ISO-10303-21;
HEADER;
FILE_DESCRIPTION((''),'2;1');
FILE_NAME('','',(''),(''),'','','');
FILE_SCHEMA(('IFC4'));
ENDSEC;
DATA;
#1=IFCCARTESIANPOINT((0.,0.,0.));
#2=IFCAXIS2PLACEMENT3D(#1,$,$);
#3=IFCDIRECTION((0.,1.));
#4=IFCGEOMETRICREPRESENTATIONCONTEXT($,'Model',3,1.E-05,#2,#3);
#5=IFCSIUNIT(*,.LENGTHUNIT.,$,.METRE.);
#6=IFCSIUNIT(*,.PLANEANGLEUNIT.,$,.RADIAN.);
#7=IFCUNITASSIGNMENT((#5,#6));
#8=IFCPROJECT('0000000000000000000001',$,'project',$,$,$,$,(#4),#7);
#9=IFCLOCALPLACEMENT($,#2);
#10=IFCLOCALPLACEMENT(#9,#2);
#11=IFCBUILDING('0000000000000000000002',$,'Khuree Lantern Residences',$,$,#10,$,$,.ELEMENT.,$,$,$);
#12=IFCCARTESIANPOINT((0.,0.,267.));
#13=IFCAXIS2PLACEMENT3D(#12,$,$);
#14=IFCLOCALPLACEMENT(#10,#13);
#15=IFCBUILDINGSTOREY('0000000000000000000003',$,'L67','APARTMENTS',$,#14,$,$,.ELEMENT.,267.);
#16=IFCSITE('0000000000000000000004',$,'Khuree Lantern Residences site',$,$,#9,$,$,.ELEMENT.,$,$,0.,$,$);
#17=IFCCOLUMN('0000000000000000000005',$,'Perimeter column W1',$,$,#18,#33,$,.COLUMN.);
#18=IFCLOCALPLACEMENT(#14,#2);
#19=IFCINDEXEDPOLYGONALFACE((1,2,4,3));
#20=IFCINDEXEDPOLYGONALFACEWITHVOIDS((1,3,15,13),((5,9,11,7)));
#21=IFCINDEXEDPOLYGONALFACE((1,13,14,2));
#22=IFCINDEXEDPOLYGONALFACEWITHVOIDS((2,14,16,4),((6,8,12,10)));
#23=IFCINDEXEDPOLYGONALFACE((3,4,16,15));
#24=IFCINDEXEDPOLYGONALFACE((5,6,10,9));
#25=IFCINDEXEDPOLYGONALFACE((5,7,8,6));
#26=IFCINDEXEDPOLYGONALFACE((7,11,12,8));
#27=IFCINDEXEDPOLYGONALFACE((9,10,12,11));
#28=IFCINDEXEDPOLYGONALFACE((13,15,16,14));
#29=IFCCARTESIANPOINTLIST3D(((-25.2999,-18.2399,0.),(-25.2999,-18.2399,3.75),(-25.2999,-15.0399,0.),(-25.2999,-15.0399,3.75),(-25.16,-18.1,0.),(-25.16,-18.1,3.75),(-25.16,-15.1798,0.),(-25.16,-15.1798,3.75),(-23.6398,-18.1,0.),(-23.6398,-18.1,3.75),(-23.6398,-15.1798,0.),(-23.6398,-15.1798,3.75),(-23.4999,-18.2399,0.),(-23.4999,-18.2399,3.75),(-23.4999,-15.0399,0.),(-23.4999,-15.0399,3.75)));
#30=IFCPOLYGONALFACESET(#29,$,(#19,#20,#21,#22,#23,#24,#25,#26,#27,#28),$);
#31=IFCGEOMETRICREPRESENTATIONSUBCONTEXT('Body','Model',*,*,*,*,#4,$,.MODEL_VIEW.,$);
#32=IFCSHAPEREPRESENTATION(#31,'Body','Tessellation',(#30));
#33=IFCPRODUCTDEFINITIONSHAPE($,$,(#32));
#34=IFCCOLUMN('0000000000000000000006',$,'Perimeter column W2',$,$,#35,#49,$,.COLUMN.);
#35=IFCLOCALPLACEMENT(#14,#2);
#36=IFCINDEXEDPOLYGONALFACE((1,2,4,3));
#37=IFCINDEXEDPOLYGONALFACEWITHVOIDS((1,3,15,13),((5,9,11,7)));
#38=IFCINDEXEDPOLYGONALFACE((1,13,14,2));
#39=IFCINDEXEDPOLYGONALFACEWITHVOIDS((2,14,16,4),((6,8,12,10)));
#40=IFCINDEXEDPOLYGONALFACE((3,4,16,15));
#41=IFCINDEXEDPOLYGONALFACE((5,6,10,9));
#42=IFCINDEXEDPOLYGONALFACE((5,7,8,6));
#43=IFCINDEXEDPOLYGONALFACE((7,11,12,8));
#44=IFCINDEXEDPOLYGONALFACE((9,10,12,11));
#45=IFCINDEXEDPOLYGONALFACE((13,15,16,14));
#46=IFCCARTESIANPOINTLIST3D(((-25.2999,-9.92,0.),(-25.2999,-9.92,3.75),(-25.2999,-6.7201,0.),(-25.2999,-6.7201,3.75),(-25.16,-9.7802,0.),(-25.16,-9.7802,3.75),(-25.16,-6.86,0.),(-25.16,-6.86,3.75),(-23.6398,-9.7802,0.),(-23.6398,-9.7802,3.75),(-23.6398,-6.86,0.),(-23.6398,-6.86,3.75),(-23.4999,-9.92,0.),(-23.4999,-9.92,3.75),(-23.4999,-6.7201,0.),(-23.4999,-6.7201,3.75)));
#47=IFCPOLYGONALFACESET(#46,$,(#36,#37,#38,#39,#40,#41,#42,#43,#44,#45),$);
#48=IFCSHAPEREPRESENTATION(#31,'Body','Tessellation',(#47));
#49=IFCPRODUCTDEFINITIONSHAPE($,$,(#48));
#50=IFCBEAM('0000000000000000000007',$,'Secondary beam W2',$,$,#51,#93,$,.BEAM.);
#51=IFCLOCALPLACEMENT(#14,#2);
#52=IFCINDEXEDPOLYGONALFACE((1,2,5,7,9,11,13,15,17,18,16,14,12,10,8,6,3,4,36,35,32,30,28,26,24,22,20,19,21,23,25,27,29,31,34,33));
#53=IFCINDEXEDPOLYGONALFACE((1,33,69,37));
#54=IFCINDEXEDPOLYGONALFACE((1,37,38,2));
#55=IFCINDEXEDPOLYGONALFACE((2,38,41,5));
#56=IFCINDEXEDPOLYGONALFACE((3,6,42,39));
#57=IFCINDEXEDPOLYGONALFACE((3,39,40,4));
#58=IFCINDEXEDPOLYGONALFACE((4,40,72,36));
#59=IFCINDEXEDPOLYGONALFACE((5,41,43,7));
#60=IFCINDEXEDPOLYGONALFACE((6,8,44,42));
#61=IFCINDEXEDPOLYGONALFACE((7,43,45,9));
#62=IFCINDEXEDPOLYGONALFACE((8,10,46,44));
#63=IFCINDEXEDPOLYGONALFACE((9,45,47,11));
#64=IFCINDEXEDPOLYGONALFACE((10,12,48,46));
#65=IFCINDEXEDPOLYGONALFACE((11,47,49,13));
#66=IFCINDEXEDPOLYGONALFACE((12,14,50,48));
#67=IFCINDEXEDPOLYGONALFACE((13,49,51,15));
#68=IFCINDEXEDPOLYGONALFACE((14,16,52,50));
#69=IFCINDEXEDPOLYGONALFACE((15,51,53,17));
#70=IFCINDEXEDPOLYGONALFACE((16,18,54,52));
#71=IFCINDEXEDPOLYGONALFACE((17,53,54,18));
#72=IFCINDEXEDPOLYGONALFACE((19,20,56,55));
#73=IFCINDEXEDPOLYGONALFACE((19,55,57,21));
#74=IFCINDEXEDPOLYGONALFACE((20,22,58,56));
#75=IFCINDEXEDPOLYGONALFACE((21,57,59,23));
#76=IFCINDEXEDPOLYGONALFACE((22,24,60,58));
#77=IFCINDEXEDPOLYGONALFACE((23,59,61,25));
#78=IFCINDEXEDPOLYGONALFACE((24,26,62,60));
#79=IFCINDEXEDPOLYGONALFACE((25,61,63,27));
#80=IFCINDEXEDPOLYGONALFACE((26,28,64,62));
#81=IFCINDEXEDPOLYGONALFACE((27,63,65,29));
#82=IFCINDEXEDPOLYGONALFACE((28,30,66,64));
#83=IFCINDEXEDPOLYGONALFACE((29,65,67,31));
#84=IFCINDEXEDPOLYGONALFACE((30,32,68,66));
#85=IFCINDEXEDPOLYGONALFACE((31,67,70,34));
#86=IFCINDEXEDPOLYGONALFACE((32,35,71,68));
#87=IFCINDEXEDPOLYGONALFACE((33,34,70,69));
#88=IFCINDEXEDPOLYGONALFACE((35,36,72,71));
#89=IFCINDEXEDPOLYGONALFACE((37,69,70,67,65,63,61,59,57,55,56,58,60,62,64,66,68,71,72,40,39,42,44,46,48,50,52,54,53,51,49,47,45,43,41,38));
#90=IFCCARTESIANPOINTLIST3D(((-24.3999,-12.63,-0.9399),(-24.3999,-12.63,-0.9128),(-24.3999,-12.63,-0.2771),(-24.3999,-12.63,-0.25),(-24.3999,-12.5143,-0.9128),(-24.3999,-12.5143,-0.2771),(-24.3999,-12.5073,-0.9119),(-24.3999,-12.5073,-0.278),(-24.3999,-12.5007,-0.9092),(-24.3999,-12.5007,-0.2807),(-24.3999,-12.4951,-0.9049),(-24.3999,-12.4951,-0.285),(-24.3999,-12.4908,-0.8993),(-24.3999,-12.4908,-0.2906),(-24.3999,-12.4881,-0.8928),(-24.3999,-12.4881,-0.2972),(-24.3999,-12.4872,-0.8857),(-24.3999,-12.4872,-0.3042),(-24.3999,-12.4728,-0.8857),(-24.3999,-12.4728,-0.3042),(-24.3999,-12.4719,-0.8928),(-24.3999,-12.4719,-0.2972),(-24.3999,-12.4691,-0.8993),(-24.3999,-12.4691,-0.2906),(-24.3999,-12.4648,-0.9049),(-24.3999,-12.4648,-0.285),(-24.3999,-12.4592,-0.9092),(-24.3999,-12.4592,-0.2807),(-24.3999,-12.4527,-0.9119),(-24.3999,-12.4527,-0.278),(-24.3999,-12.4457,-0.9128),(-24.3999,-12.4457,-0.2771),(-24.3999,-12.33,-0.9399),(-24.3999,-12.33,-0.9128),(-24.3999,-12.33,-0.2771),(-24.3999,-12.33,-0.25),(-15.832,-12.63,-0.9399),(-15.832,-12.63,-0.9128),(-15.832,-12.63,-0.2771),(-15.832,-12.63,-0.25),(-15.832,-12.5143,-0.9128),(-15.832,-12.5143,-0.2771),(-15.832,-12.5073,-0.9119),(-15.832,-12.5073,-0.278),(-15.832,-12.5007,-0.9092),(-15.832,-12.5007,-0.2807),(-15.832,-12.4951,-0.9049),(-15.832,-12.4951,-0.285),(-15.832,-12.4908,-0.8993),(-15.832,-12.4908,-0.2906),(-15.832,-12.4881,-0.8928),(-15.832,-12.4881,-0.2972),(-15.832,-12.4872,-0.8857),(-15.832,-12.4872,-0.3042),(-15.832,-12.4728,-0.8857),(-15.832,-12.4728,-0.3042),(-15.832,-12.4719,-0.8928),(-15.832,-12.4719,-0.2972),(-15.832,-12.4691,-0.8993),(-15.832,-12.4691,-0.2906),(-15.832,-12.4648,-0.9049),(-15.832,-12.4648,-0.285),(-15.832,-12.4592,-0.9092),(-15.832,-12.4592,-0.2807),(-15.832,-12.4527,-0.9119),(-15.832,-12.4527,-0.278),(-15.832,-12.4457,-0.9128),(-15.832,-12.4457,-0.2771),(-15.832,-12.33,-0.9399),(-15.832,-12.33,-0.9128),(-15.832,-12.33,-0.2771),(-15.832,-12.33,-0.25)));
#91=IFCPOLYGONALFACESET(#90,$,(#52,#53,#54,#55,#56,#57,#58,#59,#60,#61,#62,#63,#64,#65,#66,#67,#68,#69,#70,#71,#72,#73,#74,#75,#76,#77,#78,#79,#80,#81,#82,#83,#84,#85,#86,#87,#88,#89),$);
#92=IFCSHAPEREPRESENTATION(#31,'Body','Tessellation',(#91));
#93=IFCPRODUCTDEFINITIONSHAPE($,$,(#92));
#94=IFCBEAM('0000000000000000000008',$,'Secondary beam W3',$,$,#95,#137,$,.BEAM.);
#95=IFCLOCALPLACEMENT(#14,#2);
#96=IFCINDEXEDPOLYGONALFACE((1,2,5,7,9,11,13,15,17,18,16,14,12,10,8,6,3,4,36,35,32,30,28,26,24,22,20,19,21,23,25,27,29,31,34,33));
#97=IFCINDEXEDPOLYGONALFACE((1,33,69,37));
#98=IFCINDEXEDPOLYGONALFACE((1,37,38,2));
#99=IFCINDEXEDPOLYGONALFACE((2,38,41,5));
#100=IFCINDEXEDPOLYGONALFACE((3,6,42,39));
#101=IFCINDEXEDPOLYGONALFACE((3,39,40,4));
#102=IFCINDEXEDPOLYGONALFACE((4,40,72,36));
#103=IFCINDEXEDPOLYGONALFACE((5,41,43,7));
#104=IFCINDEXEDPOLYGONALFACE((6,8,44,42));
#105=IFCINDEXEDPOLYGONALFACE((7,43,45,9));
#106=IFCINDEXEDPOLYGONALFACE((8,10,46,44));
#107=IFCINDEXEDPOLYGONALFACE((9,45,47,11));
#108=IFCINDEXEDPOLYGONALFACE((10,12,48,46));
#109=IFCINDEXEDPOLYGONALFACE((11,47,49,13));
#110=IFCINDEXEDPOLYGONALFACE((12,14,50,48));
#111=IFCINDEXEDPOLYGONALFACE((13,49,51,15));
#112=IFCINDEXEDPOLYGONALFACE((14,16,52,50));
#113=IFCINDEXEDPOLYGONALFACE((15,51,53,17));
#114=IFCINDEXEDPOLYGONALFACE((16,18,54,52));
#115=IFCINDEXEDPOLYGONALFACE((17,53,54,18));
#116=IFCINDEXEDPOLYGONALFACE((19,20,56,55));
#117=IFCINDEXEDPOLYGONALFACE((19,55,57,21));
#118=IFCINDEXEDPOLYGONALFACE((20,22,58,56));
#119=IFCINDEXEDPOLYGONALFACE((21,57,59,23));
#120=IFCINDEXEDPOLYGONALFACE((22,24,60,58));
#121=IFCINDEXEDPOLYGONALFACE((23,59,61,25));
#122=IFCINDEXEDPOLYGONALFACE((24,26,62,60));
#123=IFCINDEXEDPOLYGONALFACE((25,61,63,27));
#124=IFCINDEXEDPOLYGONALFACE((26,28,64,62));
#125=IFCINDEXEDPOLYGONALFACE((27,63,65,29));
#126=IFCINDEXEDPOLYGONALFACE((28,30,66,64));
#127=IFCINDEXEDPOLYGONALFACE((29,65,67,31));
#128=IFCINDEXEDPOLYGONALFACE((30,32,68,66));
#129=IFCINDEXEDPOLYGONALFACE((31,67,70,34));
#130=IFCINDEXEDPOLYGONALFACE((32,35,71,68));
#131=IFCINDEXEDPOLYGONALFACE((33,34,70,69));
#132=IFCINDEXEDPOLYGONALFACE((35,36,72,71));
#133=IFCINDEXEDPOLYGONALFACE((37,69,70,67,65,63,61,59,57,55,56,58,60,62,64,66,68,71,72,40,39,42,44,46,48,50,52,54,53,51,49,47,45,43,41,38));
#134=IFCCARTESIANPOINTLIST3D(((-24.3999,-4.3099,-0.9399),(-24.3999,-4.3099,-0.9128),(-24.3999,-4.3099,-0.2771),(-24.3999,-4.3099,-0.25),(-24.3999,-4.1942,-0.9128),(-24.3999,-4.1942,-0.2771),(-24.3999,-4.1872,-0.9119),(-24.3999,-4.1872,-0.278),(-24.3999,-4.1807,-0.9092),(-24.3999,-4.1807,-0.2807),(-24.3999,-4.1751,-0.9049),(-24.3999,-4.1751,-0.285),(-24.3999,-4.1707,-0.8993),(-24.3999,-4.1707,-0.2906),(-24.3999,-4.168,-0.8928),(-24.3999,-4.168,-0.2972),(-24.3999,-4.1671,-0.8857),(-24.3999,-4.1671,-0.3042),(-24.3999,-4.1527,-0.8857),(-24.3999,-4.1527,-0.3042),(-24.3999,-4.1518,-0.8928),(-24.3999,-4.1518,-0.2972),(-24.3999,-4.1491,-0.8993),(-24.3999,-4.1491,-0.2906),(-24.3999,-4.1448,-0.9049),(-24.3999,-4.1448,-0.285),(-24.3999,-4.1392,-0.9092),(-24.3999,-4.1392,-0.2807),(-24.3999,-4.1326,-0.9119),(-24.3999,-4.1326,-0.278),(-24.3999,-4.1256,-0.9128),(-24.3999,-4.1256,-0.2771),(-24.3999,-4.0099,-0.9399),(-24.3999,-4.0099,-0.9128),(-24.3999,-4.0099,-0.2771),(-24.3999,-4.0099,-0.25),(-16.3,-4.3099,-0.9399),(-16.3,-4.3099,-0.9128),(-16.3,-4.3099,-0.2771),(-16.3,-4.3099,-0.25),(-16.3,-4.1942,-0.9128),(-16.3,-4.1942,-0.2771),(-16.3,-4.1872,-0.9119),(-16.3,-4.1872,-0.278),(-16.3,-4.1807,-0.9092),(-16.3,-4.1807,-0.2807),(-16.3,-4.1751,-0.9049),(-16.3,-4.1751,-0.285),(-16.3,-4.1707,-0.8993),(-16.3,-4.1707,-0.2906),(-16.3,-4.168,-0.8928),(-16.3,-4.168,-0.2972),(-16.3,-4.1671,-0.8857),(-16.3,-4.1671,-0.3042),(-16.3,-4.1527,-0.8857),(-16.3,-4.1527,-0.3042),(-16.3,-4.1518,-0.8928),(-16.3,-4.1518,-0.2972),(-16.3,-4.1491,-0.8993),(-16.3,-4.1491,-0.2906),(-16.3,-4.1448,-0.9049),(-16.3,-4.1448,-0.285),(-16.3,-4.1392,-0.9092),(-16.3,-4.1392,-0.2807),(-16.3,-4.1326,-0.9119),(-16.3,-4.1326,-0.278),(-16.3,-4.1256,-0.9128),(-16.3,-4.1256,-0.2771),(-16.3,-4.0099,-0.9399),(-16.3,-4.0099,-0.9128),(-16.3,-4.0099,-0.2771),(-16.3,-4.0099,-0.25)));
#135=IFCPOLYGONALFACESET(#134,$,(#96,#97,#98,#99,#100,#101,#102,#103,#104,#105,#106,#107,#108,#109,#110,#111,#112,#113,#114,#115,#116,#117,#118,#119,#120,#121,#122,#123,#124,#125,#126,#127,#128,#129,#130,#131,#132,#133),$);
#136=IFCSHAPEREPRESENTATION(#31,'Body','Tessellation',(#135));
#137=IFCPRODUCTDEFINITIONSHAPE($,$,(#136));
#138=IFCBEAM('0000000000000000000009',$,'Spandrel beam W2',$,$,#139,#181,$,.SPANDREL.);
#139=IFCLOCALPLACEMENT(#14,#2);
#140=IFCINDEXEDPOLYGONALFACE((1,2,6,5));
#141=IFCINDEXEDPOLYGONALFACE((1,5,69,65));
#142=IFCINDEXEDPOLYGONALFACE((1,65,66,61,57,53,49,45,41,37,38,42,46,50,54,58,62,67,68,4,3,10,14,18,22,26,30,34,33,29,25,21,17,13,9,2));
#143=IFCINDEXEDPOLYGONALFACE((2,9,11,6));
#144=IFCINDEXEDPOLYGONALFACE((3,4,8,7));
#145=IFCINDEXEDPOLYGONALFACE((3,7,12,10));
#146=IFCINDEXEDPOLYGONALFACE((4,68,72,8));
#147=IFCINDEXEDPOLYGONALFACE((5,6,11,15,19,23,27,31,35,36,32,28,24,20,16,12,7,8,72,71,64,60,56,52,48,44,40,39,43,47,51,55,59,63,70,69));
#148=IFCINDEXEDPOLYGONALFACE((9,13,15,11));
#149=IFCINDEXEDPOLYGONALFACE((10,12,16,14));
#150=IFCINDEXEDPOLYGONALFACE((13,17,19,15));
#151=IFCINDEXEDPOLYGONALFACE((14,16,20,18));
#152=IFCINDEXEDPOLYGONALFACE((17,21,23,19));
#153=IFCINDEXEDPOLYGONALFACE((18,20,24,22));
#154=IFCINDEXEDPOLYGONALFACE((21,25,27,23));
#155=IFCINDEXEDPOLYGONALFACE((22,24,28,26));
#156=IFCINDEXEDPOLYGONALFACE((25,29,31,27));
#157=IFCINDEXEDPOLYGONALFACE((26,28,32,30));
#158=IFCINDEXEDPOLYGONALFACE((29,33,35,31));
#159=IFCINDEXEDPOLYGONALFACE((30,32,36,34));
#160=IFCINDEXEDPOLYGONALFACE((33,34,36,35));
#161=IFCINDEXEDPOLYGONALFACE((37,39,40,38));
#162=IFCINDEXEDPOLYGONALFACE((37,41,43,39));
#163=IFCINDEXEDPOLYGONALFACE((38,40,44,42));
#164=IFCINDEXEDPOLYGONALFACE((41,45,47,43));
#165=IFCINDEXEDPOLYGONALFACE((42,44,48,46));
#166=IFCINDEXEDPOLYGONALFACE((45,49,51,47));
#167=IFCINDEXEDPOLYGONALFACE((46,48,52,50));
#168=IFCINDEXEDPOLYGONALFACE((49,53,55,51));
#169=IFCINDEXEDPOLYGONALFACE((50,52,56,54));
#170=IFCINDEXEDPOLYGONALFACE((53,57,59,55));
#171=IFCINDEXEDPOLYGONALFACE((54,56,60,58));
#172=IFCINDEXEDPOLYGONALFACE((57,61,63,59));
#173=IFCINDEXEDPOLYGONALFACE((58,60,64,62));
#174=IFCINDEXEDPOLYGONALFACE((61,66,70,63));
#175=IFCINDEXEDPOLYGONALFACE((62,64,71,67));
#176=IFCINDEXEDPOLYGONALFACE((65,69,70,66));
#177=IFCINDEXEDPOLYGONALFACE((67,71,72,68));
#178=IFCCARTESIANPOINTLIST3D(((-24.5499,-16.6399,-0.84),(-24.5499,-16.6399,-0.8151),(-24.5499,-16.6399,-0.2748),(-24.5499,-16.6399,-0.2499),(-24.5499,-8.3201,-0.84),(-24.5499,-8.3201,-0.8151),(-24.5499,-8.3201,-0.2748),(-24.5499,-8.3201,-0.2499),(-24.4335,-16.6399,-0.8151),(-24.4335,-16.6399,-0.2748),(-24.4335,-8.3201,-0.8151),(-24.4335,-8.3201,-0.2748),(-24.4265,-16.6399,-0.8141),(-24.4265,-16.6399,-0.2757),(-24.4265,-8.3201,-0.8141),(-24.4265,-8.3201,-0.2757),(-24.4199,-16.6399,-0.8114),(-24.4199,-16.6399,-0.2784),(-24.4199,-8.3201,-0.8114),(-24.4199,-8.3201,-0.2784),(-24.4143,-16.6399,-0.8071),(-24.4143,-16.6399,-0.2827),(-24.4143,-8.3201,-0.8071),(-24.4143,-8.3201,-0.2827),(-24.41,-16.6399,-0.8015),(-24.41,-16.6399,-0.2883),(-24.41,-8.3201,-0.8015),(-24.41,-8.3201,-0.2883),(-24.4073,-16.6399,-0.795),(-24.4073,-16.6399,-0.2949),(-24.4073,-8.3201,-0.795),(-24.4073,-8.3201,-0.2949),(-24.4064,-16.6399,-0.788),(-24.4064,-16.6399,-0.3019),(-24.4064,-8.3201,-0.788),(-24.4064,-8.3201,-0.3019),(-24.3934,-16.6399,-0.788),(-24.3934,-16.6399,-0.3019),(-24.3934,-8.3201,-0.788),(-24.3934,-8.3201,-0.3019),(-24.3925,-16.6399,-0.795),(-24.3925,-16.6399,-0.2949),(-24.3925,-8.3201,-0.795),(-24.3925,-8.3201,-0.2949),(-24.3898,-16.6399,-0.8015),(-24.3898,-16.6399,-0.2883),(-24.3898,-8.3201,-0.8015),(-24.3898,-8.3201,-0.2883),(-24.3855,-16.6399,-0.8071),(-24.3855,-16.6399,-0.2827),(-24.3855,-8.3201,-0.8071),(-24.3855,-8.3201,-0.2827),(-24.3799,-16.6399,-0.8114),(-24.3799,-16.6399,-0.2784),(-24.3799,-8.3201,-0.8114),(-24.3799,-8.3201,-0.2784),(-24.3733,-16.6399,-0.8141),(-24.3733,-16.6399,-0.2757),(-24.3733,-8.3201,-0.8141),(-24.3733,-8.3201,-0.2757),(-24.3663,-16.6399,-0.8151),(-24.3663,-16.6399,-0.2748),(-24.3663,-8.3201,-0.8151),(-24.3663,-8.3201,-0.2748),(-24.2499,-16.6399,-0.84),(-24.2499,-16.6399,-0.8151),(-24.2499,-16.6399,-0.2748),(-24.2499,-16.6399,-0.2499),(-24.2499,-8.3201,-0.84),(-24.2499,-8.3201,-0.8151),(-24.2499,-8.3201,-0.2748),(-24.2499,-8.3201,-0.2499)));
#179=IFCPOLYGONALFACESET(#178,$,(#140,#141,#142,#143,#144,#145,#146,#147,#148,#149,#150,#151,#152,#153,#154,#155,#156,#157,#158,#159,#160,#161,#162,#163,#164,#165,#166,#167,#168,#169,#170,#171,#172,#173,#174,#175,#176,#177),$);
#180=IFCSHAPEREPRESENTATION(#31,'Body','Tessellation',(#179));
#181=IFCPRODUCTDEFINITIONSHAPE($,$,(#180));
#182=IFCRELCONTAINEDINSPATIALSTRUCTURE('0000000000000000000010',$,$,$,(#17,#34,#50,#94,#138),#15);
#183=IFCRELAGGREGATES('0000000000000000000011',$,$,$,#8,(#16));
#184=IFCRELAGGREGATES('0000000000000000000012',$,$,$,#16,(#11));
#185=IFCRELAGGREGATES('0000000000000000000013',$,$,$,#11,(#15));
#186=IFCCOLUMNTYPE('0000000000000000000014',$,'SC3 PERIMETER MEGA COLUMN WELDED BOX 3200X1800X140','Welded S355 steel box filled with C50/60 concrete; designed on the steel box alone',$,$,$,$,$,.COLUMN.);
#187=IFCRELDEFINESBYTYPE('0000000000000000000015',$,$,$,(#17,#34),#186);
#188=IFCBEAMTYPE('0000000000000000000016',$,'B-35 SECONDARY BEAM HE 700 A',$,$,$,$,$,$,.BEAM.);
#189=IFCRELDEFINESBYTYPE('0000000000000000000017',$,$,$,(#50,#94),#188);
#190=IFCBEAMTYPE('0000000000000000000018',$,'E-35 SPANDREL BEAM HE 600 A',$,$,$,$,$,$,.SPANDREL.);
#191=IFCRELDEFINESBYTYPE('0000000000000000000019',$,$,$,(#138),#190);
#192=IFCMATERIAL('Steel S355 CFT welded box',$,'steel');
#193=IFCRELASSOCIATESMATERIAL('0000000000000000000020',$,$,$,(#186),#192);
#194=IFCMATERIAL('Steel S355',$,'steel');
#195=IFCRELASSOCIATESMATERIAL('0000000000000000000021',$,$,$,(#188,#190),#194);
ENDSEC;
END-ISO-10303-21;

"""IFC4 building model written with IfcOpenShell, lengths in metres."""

from ifc_helpers import new_model, si_unit, direction, frame, origin, origin_2d, place, context, subcontext, project, spatial, hollow_rectangle, i_section, extrude, material, material_profile, profile_set, type_object, element, save


model = new_model("IFC4")

# Units and contexts
model_context = context("Model", 3, precision=1e-05, world=origin(), true_north=direction((0.0, 1.0)))
body_context = subcontext(model_context, "Body", "Model", "MODEL_VIEW")
ifc_project = project(units=[si_unit("LENGTHUNIT", "METRE"), si_unit("PLANEANGLEUNIT", "RADIAN")], contexts=[model_context])

# Site, building, storey
site_placement = place(None, origin())
site = spatial("IfcSite", under=ifc_project, at=site_placement, Name="Khuree Lantern Residences site", CompositionType="ELEMENT", RefElevation=0.0)
building_placement = place(site_placement, origin())
building = spatial("IfcBuilding", under=site, at=building_placement, Name="Khuree Lantern Residences", CompositionType="ELEMENT")
storey_placement = place(building_placement, frame((0.0, 0.0, 267.0)))
storey = spatial("IfcBuildingStorey", under=building, at=storey_placement, Name="L67", Description="APARTMENTS", CompositionType="ELEMENT", Elevation=267.0)

# Columns
ifc_material_1 = material(Name="Steel S355 CFT welded box", Category="steel")
ifc_material_profile_1 = material_profile(ifc_material_1, hollow_rectangle(XDim=3.2, YDim=1.8, WallThickness=0.1399, at=origin_2d()), Name="WELDED BOX 3200X1800X140")
ifc_profile_set_1 = profile_set([ifc_material_profile_1], Name="Steel S355 CFT welded box")
column_type = type_object("IfcColumnType", Name="SC3 PERIMETER MEGA COLUMN WELDED BOX 3200X1800X140", Description="Welded S355 steel box filled with C50/60 concrete; designed on the steel box alone", PredefinedType="COLUMN", material=ifc_profile_set_1)
for number, where, z_axis, x_axis, name in (
    (1, (-24.3999, -16.6399, 0.0), (0.0, 0.0, 1.0), (0.0, 1.0, 0.0), "Perimeter column W1"),
    (2, (-24.3999, -8.3201, 0.0), (0.0, 0.0, 1.0), (0.0, 1.0, 0.0), "Perimeter column W2"),
):
    element("IfcColumn", number, at=place(storey_placement, frame(where, z_axis=z_axis, x_axis=x_axis)), inside=storey, type_object=column_type, Name=name, PredefinedType="COLUMN", context=body_context, shape_type="SweptSolid", body=[
        extrude(hollow_rectangle(XDim=3.2, YDim=1.8, WallThickness=0.1399, at=origin_2d()), origin(), (0.0, 0.0, 1.0), 3.75),
    ])

# Beams
ifc_material_2 = material(Name="Steel S355", Category="steel")
ifc_material_profile_2 = material_profile(ifc_material_2, i_section(OverallWidth=0.3, OverallDepth=0.6899, WebThickness=0.0144, FlangeThickness=0.0271, FilletRadius=0.0271, at=origin_2d()), Name="HE 700 A")
ifc_profile_set_2 = profile_set([ifc_material_profile_2], Name="Steel S355")
beam_type_1 = type_object("IfcBeamType", Name="B-35 SECONDARY BEAM HE 700 A", PredefinedType="BEAM", material=ifc_profile_set_2)
beam_1_placement = place(storey_placement, frame((-24.3999, -12.48, -0.595), z_axis=(1.0, 0.0, 0.0), x_axis=(0.0, 1.0, 0.0)))
element("IfcBeam", 3, at=beam_1_placement, inside=storey, type_object=beam_type_1, Name="Secondary beam W2", PredefinedType="BEAM", context=body_context, shape_type="SweptSolid", body=[
    extrude(i_section(OverallWidth=0.3, OverallDepth=0.6899, WebThickness=0.0144, FlangeThickness=0.0271, FilletRadius=0.0271, at=origin_2d()), origin(), (0.0, 0.0, 1.0), 8.5679),
])
beam_2_placement = place(storey_placement, frame((-24.3999, -4.1599, -0.595), z_axis=(1.0, 0.0, 0.0), x_axis=(0.0, 1.0, 0.0)))
element("IfcBeam", 4, at=beam_2_placement, inside=storey, type_object=beam_type_1, Name="Secondary beam W3", PredefinedType="BEAM", context=body_context, shape_type="SweptSolid", body=[
    extrude(i_section(OverallWidth=0.3, OverallDepth=0.6899, WebThickness=0.0144, FlangeThickness=0.0271, FilletRadius=0.0271, at=origin_2d()), origin(), (0.0, 0.0, 1.0), 8.0999),
])
ifc_material_profile_3 = material_profile(ifc_material_2, i_section(OverallWidth=0.3, OverallDepth=0.5901, WebThickness=0.0129, FlangeThickness=0.0249, FilletRadius=0.0271, at=origin_2d()), Name="HE 600 A")
ifc_profile_set_3 = profile_set([ifc_material_profile_3], Name="Steel S355")
beam_type_2 = type_object("IfcBeamType", Name="E-35 SPANDREL BEAM HE 600 A", PredefinedType="SPANDREL", material=ifc_profile_set_3)
beam_3_placement = place(storey_placement, frame((-24.3999, -16.6399, -0.5449), z_axis=(0.0, 1.0, 0.0), x_axis=(-1.0, 0.0, 0.0)))
element("IfcBeam", 5, at=beam_3_placement, inside=storey, type_object=beam_type_2, Name="Spandrel beam W2", PredefinedType="SPANDREL", context=body_context, shape_type="SweptSolid", body=[
    extrude(i_section(OverallWidth=0.3, OverallDepth=0.5901, WebThickness=0.0129, FlangeThickness=0.0249, FilletRadius=0.0271, at=origin_2d()), origin(), (0.0, 0.0, 1.0), 8.3198),
])

save(model, "model.ifc")
